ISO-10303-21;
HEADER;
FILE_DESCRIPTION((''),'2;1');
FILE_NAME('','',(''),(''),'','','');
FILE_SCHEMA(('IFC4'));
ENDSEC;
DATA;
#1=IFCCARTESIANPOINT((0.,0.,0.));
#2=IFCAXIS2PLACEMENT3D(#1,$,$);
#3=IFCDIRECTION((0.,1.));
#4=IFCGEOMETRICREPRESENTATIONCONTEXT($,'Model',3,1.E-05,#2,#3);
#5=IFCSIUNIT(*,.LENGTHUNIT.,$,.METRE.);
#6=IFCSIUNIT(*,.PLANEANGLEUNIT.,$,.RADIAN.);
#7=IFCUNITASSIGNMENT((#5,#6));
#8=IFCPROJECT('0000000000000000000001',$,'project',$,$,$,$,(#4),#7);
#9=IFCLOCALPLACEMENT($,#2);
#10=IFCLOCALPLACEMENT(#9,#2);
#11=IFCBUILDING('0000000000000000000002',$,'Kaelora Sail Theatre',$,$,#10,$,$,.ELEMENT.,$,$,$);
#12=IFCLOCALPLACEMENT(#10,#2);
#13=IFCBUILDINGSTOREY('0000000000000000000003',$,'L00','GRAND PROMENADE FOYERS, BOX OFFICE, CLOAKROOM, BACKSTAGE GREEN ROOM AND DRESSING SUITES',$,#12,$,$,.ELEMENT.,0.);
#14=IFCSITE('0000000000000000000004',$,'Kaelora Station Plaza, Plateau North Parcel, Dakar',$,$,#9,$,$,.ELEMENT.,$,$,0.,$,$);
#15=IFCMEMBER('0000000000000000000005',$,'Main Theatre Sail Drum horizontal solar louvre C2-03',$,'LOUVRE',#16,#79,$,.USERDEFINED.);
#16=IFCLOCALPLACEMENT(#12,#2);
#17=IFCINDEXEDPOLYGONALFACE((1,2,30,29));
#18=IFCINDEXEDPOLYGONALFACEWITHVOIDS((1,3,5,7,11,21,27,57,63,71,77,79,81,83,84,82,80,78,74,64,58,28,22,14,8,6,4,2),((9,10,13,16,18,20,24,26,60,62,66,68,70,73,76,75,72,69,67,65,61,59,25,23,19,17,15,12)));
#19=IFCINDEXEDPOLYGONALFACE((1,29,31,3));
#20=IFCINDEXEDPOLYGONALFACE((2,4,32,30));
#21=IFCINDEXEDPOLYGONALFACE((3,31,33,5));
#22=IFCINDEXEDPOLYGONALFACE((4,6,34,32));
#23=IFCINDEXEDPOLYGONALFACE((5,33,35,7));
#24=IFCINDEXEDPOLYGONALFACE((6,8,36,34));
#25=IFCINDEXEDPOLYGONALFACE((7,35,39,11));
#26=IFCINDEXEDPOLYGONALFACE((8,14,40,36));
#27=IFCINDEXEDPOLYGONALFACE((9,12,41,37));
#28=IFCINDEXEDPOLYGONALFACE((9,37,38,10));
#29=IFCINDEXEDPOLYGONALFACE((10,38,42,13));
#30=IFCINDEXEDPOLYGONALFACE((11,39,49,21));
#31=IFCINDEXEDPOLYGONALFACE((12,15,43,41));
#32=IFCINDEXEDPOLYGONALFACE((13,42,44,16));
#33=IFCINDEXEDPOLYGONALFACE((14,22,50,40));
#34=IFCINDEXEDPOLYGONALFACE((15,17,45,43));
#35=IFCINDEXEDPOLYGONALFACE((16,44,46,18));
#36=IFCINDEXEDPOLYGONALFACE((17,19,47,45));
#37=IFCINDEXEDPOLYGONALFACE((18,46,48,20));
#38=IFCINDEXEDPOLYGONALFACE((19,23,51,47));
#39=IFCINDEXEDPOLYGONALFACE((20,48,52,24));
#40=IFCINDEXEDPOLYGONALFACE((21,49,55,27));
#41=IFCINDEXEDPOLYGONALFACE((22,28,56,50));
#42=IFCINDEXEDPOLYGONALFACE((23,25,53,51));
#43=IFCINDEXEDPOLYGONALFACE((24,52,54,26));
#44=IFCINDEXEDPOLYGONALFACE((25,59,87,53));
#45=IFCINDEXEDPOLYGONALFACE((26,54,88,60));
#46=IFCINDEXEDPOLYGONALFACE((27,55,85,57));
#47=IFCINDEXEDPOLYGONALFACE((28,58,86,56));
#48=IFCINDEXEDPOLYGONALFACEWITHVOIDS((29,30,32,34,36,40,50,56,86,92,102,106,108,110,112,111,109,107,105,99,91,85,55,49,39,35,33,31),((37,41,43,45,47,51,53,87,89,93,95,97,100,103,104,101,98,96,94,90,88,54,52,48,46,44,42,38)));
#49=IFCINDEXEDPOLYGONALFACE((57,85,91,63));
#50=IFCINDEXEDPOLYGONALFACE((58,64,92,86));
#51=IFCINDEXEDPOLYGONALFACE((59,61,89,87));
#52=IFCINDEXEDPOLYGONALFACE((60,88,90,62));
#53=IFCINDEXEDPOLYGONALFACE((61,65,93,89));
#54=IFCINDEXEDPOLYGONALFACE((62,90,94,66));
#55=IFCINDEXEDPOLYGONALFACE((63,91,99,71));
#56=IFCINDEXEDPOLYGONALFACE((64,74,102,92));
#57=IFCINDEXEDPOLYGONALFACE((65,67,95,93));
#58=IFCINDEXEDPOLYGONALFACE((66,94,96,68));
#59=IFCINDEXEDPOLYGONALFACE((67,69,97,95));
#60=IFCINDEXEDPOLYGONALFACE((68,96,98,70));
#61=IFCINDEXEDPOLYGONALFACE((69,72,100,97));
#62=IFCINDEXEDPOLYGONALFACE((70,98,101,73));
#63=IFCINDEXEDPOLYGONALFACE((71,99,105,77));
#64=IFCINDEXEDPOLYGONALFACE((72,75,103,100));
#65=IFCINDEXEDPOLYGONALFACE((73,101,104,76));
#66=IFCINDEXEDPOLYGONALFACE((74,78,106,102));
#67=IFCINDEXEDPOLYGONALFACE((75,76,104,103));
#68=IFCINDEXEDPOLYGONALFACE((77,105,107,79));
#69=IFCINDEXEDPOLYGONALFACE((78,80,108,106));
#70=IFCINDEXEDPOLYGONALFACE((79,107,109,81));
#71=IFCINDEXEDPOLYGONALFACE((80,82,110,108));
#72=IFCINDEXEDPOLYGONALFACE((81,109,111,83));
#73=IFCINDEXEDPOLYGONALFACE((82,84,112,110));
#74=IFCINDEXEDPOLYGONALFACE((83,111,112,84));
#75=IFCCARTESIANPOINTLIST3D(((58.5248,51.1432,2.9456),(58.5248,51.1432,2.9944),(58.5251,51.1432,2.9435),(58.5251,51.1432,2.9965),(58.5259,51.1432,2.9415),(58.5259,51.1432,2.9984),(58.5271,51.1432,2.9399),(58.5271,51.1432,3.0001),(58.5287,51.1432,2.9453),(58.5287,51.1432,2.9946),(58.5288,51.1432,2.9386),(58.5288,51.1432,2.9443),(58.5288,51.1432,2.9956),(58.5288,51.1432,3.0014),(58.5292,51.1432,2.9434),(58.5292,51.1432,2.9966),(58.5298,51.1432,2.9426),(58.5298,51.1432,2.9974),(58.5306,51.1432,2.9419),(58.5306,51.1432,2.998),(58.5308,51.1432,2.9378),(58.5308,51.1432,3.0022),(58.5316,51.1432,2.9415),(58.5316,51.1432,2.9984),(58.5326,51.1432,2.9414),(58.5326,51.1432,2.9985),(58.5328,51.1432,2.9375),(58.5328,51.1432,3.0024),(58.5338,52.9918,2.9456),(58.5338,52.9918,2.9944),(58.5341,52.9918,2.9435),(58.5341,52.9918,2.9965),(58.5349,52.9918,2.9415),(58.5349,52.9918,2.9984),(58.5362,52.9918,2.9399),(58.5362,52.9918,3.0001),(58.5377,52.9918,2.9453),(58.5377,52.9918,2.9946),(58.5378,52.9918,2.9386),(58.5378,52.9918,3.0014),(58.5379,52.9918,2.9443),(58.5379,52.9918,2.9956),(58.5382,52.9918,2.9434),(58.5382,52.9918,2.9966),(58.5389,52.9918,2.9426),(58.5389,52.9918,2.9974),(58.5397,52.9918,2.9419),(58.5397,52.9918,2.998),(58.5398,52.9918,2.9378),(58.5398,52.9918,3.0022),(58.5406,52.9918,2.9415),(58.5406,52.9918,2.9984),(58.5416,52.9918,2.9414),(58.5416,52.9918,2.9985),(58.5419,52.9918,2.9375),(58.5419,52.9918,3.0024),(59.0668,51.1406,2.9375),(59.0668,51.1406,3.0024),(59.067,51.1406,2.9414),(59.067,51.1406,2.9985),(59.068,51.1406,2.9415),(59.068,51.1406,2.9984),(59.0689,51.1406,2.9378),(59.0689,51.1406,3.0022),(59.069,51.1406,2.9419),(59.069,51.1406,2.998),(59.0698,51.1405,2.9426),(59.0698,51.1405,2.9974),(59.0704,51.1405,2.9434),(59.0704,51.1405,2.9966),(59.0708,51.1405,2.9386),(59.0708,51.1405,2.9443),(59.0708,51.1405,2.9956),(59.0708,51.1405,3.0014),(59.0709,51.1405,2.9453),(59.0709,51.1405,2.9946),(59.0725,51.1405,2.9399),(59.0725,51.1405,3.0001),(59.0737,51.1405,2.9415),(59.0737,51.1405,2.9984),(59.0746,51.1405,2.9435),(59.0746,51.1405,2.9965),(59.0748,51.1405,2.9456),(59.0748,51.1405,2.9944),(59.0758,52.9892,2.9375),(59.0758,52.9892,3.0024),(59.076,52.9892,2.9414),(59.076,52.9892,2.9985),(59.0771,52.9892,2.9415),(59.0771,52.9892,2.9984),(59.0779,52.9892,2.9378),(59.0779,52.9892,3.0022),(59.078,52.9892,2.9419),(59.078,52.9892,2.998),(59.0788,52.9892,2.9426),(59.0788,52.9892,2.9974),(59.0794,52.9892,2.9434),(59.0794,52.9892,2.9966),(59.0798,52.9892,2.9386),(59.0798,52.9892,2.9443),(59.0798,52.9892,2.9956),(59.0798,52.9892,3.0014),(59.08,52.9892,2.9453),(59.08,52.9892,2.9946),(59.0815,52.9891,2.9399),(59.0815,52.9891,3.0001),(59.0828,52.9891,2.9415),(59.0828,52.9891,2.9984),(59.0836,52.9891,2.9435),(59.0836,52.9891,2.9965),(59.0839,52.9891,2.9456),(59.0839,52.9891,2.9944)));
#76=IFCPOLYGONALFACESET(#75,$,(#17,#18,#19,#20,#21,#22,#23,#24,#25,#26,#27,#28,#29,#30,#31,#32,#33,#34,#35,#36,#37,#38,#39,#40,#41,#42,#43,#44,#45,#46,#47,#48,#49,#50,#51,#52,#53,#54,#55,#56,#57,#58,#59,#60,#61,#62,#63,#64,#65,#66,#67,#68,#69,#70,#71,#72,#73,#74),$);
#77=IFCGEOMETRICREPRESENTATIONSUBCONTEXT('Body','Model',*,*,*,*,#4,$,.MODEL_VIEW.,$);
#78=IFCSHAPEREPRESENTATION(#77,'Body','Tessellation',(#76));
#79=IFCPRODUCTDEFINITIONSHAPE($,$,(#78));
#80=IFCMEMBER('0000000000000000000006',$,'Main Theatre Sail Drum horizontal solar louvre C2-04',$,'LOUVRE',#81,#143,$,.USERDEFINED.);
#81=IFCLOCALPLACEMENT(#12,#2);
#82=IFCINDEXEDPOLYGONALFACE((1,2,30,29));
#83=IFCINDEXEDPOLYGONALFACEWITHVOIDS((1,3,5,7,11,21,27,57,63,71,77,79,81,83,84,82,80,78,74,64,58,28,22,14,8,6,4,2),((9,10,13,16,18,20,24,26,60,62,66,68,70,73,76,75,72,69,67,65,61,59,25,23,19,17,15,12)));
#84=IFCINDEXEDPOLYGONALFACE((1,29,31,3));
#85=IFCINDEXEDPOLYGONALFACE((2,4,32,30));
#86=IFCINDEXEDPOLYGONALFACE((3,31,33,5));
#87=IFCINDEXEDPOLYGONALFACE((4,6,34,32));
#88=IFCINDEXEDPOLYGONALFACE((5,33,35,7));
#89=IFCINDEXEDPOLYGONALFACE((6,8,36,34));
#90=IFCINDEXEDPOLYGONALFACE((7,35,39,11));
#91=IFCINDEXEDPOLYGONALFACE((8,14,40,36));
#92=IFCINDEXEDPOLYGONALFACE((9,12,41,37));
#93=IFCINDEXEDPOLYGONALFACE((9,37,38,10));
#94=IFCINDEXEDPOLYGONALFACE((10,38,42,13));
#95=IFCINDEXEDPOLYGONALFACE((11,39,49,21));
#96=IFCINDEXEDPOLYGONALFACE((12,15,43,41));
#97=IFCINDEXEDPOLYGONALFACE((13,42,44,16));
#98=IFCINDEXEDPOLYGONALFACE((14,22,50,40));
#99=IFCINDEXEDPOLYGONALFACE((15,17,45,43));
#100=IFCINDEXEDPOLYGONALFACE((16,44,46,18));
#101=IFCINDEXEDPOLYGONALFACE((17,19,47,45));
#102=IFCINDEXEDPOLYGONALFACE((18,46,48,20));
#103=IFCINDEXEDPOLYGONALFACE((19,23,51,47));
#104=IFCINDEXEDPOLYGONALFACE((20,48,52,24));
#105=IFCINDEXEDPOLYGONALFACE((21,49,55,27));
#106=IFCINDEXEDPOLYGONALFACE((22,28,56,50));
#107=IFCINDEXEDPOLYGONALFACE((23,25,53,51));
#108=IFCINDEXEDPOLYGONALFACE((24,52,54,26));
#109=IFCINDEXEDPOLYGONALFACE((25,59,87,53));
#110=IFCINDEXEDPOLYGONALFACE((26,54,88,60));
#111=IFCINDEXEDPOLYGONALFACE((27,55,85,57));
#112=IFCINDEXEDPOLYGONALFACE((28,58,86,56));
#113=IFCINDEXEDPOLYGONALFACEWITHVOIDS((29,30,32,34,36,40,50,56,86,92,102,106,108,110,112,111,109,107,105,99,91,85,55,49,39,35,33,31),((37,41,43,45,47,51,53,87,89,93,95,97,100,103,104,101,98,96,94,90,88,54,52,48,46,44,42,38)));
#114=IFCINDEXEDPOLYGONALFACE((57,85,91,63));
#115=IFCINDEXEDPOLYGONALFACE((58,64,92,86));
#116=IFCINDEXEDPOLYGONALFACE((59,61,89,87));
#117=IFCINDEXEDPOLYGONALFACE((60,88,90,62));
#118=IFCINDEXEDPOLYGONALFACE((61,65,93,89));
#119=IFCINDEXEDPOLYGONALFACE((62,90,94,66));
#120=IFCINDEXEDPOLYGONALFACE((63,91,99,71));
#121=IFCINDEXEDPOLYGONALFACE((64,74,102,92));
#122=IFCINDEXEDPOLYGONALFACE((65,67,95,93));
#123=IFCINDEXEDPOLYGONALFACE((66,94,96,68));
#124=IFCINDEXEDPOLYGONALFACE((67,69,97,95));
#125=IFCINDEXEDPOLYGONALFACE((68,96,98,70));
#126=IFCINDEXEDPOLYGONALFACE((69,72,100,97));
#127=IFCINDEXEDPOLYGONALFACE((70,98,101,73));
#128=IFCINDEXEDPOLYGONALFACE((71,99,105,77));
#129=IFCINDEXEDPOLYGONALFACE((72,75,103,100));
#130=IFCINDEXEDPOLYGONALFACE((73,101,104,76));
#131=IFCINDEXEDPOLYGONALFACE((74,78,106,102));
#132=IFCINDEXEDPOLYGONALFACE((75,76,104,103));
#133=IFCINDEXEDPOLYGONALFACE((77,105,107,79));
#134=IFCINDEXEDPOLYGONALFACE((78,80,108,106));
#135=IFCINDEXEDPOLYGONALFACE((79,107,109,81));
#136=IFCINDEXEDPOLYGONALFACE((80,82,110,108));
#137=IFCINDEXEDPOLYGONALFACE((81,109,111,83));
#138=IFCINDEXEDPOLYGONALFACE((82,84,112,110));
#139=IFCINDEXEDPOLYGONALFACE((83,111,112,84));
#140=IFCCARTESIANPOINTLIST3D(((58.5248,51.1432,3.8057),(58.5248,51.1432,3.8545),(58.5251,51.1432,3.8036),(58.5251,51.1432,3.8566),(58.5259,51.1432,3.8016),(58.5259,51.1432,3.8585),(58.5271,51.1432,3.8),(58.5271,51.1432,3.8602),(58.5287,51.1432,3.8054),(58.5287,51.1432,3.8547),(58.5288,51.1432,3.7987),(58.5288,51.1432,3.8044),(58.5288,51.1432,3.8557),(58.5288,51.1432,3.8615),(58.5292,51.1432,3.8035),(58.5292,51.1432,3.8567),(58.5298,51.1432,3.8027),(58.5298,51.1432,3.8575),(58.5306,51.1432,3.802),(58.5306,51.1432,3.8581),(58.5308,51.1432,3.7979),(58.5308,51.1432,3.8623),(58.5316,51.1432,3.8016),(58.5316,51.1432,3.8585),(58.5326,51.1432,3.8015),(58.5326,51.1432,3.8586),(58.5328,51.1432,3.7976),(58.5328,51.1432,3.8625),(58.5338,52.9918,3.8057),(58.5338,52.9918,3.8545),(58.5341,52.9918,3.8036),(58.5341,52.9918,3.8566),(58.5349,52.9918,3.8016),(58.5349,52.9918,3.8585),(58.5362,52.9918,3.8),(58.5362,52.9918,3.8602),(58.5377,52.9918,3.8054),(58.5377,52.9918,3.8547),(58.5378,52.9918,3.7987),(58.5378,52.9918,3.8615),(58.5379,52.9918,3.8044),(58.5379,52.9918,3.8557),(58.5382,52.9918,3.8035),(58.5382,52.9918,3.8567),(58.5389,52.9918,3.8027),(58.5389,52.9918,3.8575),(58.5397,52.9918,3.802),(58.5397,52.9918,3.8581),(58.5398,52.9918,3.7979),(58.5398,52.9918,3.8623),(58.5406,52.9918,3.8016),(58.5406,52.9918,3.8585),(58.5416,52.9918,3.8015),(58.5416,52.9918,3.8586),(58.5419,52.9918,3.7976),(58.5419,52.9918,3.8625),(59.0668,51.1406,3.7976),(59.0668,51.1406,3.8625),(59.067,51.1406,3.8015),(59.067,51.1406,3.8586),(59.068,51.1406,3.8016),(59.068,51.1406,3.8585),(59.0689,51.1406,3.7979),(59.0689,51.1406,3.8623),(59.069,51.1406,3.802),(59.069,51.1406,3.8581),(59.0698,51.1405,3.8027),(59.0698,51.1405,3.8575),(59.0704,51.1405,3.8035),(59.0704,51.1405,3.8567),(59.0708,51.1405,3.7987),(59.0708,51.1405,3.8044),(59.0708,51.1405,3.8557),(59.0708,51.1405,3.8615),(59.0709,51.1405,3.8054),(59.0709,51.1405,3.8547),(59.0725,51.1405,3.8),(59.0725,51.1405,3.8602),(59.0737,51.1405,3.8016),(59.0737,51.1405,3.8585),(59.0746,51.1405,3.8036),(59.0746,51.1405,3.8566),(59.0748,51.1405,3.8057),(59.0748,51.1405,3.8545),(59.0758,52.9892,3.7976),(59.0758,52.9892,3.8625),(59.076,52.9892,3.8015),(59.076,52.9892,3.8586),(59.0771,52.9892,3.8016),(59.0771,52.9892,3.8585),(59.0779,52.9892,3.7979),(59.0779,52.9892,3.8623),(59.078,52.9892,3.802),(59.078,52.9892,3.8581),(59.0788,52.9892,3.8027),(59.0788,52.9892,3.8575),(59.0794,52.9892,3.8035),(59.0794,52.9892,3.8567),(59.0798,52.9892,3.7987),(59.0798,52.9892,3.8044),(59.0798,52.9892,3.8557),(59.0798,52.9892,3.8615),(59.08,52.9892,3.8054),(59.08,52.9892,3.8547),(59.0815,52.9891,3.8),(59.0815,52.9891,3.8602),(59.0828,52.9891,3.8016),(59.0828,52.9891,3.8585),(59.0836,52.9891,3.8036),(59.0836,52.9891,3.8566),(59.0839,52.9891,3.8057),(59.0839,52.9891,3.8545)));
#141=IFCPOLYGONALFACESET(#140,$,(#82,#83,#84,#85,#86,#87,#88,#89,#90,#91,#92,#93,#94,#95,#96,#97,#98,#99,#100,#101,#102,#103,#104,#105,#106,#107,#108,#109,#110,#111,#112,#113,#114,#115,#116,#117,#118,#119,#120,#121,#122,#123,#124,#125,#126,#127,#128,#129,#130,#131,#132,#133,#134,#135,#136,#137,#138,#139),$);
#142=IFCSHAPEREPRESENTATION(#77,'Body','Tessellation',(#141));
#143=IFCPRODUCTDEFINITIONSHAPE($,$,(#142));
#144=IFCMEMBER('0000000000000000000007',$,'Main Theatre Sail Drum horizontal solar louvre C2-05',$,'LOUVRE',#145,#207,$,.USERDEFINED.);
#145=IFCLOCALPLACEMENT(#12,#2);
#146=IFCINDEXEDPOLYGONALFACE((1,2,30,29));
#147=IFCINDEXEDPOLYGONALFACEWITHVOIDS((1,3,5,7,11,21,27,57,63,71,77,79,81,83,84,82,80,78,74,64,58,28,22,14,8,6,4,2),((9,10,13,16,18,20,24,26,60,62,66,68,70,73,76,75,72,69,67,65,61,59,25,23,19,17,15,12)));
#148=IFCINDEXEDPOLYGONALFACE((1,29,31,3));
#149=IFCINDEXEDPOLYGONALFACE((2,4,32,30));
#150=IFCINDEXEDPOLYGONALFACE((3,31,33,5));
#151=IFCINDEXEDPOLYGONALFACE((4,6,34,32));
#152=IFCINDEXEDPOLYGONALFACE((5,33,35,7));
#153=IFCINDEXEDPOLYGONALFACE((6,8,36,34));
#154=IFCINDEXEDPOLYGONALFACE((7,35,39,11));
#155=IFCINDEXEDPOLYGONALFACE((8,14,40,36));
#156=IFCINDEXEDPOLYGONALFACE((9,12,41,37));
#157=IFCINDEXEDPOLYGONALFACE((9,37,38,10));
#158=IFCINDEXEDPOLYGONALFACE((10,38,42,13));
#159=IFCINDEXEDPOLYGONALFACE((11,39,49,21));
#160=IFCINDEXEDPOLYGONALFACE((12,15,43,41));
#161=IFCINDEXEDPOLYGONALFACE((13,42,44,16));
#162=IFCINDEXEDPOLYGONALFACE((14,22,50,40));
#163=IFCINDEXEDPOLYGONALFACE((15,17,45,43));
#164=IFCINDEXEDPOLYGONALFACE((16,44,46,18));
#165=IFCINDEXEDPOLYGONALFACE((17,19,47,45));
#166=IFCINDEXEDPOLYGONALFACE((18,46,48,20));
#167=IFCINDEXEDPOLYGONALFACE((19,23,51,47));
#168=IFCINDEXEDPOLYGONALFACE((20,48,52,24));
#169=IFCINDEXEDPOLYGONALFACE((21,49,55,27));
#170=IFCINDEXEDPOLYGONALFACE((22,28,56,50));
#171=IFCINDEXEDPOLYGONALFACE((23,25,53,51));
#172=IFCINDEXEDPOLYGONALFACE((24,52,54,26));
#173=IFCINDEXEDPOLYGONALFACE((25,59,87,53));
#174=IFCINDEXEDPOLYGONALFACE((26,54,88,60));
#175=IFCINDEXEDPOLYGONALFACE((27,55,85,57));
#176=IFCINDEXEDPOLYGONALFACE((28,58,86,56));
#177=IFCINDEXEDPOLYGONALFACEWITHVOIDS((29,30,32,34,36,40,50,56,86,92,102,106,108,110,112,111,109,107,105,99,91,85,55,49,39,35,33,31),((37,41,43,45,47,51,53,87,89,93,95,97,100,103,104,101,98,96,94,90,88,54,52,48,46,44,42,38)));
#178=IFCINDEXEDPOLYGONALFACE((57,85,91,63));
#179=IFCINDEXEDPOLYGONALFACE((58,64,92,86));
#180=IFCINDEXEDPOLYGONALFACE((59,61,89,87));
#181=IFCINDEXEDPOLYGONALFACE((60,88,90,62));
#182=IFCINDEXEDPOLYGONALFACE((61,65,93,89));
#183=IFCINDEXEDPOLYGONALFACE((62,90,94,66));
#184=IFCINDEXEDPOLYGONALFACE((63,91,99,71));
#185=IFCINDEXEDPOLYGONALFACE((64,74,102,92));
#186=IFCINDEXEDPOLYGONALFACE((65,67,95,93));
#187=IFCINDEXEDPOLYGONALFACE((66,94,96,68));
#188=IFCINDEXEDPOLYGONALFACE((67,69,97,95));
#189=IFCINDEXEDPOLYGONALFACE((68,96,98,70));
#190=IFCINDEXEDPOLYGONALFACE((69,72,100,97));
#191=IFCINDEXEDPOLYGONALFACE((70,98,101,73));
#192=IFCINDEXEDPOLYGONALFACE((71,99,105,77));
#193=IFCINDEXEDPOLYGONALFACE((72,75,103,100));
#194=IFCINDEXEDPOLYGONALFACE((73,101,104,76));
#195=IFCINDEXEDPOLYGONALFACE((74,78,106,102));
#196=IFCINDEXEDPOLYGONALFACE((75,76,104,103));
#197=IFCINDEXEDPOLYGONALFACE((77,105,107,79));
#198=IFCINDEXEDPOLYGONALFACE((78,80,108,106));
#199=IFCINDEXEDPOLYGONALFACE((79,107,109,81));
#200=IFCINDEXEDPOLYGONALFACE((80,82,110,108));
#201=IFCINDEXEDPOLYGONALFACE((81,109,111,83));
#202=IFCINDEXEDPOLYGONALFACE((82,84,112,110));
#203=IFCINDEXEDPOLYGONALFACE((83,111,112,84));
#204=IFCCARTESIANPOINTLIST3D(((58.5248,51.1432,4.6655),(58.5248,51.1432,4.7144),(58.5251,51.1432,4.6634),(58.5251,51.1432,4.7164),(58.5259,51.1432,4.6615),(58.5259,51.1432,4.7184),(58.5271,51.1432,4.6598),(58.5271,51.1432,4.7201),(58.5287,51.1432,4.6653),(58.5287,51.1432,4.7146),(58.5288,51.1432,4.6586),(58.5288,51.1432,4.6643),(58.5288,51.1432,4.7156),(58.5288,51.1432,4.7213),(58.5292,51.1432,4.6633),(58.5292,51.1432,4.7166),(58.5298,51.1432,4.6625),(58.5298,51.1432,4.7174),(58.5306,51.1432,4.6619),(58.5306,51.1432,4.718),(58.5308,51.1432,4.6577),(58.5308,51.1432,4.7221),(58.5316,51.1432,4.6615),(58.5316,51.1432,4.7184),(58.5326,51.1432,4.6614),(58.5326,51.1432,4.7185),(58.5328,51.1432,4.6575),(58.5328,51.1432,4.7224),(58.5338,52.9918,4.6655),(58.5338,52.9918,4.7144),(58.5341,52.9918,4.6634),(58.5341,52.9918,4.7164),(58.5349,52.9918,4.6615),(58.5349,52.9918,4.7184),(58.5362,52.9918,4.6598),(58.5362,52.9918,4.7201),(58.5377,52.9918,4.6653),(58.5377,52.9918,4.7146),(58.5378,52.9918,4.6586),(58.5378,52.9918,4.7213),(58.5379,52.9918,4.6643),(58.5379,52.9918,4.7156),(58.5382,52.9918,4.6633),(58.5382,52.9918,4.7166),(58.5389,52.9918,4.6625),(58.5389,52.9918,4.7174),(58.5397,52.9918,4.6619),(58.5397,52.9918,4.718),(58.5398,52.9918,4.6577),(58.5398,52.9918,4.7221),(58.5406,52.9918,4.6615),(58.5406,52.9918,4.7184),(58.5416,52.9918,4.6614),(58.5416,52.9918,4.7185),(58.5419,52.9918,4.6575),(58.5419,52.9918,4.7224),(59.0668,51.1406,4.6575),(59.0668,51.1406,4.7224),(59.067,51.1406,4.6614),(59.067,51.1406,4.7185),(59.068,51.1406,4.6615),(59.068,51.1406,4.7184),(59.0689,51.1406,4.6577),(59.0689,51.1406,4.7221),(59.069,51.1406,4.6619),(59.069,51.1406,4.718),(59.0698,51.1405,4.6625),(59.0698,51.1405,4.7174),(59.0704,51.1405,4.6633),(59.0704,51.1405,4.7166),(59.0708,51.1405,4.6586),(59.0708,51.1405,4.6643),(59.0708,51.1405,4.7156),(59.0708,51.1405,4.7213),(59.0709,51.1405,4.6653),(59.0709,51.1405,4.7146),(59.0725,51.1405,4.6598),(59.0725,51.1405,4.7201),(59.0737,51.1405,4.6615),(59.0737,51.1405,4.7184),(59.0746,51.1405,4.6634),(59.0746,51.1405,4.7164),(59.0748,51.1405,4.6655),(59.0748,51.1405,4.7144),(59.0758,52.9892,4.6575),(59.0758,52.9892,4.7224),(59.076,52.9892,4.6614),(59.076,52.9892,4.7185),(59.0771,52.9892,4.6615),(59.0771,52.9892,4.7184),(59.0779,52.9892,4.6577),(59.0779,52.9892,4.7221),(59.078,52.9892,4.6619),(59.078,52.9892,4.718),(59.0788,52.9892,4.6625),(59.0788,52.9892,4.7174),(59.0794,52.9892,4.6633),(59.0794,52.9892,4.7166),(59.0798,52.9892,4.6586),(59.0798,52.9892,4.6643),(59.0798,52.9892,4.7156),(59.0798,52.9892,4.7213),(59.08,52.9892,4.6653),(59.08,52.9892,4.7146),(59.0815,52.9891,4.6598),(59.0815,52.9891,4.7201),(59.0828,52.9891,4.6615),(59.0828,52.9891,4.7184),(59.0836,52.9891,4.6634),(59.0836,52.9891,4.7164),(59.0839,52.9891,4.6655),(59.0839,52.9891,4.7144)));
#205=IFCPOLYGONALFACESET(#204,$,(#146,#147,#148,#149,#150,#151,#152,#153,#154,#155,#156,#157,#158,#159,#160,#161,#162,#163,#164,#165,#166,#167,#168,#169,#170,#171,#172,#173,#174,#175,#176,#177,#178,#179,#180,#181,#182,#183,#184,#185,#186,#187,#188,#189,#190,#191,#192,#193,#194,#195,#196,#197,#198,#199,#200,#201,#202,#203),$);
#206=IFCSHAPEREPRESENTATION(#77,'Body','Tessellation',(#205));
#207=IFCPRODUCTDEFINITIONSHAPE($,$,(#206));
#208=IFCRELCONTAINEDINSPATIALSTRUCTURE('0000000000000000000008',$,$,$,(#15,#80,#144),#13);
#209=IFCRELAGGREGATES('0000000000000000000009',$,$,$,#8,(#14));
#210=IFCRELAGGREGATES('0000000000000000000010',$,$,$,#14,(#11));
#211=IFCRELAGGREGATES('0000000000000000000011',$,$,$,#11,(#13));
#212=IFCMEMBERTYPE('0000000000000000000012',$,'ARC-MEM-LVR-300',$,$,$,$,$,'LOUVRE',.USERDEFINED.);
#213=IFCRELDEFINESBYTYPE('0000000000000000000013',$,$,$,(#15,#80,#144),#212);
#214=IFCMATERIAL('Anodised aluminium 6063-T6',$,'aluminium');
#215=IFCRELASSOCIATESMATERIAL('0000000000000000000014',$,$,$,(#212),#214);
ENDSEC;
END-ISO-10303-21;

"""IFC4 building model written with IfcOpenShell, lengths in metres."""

from ifc_helpers import new_model, si_unit, direction, frame, origin, origin_2d, place, context, subcontext, project, spatial, hollow_rectangle, extrude, material, material_profile, profile_set, type_object, element, save


model = new_model("IFC4")

# Units and contexts
model_context = context("Model", 3, precision=1e-05, world=origin(), true_north=direction((0.0, 1.0)))
body_context = subcontext(model_context, "Body", "Model", "MODEL_VIEW")
ifc_project = project(units=[si_unit("LENGTHUNIT", "METRE"), si_unit("PLANEANGLEUNIT", "RADIAN")], contexts=[model_context])

# Site, building, storey
site_placement = place(None, origin())
site = spatial("IfcSite", under=ifc_project, at=site_placement, Name="Kaelora Station Plaza, Plateau North Parcel, Dakar", CompositionType="ELEMENT", RefElevation=0.0)
building_placement = place(site_placement, origin())
building = spatial("IfcBuilding", under=site, at=building_placement, Name="Kaelora Sail Theatre", CompositionType="ELEMENT")
storey_placement = place(building_placement, origin())
storey = spatial("IfcBuildingStorey", under=building, at=storey_placement, Name="L00", Description="GRAND PROMENADE FOYERS, BOX OFFICE, CLOAKROOM, BACKSTAGE GREEN ROOM AND DRESSING SUITES", CompositionType="ELEMENT", Elevation=0.0)

# Members
ifc_material_1 = material(Name="Anodised aluminium 6063-T6", Category="aluminium")
ifc_material_profile_1 = material_profile(ifc_material_1, hollow_rectangle(XDim=0.55, YDim=0.0649, WallThickness=0.0039, InnerFilletRadius=0.0039, OuterFilletRadius=0.0081, at=origin_2d()), Name="LOUVRE 550x65x4")
ifc_profile_set_1 = profile_set([ifc_material_profile_1], Name="Anodised aluminium 6063-T6")
member_type_1 = type_object("IfcMemberType", Name="ARC-MEM-LVR-300", ElementType="LOUVRE", PredefinedType="USERDEFINED", material=ifc_profile_set_1)
for number, where, z_axis, x_axis, name in (
    (1, (58.8088, 52.9905, 2.97), (-0.004886, -0.999988, 0.0), (0.999988, -0.004886, 0.0), "Main Theatre Sail Drum horizontal solar louvre C2-03"),
    (2, (58.8088, 52.9905, 3.8301), (-0.004886, -0.999988, 0.0), (0.999988, -0.004886, 0.0), "Main Theatre Sail Drum horizontal solar louvre C2-04"),
    (3, (58.8088, 52.9905, 4.6899), (-0.004886, -0.999988, 0.0), (0.999988, -0.004886, 0.0), "Main Theatre Sail Drum horizontal solar louvre C2-05"),
):
    element("IfcMember", number, at=place(storey_placement, frame(where, z_axis=z_axis, x_axis=x_axis)), inside=storey, type_object=member_type_1, Name=name, ObjectType="LOUVRE", PredefinedType="USERDEFINED", context=body_context, shape_type="SweptSolid", body=[
        extrude(hollow_rectangle(XDim=0.55, YDim=0.0649, WallThickness=0.0039, InnerFilletRadius=0.0039, OuterFilletRadius=0.0081, at=origin_2d()), origin(), (0.0, 0.0, 1.0), 1.8486),
    ])

save(model, "model.ifc")
